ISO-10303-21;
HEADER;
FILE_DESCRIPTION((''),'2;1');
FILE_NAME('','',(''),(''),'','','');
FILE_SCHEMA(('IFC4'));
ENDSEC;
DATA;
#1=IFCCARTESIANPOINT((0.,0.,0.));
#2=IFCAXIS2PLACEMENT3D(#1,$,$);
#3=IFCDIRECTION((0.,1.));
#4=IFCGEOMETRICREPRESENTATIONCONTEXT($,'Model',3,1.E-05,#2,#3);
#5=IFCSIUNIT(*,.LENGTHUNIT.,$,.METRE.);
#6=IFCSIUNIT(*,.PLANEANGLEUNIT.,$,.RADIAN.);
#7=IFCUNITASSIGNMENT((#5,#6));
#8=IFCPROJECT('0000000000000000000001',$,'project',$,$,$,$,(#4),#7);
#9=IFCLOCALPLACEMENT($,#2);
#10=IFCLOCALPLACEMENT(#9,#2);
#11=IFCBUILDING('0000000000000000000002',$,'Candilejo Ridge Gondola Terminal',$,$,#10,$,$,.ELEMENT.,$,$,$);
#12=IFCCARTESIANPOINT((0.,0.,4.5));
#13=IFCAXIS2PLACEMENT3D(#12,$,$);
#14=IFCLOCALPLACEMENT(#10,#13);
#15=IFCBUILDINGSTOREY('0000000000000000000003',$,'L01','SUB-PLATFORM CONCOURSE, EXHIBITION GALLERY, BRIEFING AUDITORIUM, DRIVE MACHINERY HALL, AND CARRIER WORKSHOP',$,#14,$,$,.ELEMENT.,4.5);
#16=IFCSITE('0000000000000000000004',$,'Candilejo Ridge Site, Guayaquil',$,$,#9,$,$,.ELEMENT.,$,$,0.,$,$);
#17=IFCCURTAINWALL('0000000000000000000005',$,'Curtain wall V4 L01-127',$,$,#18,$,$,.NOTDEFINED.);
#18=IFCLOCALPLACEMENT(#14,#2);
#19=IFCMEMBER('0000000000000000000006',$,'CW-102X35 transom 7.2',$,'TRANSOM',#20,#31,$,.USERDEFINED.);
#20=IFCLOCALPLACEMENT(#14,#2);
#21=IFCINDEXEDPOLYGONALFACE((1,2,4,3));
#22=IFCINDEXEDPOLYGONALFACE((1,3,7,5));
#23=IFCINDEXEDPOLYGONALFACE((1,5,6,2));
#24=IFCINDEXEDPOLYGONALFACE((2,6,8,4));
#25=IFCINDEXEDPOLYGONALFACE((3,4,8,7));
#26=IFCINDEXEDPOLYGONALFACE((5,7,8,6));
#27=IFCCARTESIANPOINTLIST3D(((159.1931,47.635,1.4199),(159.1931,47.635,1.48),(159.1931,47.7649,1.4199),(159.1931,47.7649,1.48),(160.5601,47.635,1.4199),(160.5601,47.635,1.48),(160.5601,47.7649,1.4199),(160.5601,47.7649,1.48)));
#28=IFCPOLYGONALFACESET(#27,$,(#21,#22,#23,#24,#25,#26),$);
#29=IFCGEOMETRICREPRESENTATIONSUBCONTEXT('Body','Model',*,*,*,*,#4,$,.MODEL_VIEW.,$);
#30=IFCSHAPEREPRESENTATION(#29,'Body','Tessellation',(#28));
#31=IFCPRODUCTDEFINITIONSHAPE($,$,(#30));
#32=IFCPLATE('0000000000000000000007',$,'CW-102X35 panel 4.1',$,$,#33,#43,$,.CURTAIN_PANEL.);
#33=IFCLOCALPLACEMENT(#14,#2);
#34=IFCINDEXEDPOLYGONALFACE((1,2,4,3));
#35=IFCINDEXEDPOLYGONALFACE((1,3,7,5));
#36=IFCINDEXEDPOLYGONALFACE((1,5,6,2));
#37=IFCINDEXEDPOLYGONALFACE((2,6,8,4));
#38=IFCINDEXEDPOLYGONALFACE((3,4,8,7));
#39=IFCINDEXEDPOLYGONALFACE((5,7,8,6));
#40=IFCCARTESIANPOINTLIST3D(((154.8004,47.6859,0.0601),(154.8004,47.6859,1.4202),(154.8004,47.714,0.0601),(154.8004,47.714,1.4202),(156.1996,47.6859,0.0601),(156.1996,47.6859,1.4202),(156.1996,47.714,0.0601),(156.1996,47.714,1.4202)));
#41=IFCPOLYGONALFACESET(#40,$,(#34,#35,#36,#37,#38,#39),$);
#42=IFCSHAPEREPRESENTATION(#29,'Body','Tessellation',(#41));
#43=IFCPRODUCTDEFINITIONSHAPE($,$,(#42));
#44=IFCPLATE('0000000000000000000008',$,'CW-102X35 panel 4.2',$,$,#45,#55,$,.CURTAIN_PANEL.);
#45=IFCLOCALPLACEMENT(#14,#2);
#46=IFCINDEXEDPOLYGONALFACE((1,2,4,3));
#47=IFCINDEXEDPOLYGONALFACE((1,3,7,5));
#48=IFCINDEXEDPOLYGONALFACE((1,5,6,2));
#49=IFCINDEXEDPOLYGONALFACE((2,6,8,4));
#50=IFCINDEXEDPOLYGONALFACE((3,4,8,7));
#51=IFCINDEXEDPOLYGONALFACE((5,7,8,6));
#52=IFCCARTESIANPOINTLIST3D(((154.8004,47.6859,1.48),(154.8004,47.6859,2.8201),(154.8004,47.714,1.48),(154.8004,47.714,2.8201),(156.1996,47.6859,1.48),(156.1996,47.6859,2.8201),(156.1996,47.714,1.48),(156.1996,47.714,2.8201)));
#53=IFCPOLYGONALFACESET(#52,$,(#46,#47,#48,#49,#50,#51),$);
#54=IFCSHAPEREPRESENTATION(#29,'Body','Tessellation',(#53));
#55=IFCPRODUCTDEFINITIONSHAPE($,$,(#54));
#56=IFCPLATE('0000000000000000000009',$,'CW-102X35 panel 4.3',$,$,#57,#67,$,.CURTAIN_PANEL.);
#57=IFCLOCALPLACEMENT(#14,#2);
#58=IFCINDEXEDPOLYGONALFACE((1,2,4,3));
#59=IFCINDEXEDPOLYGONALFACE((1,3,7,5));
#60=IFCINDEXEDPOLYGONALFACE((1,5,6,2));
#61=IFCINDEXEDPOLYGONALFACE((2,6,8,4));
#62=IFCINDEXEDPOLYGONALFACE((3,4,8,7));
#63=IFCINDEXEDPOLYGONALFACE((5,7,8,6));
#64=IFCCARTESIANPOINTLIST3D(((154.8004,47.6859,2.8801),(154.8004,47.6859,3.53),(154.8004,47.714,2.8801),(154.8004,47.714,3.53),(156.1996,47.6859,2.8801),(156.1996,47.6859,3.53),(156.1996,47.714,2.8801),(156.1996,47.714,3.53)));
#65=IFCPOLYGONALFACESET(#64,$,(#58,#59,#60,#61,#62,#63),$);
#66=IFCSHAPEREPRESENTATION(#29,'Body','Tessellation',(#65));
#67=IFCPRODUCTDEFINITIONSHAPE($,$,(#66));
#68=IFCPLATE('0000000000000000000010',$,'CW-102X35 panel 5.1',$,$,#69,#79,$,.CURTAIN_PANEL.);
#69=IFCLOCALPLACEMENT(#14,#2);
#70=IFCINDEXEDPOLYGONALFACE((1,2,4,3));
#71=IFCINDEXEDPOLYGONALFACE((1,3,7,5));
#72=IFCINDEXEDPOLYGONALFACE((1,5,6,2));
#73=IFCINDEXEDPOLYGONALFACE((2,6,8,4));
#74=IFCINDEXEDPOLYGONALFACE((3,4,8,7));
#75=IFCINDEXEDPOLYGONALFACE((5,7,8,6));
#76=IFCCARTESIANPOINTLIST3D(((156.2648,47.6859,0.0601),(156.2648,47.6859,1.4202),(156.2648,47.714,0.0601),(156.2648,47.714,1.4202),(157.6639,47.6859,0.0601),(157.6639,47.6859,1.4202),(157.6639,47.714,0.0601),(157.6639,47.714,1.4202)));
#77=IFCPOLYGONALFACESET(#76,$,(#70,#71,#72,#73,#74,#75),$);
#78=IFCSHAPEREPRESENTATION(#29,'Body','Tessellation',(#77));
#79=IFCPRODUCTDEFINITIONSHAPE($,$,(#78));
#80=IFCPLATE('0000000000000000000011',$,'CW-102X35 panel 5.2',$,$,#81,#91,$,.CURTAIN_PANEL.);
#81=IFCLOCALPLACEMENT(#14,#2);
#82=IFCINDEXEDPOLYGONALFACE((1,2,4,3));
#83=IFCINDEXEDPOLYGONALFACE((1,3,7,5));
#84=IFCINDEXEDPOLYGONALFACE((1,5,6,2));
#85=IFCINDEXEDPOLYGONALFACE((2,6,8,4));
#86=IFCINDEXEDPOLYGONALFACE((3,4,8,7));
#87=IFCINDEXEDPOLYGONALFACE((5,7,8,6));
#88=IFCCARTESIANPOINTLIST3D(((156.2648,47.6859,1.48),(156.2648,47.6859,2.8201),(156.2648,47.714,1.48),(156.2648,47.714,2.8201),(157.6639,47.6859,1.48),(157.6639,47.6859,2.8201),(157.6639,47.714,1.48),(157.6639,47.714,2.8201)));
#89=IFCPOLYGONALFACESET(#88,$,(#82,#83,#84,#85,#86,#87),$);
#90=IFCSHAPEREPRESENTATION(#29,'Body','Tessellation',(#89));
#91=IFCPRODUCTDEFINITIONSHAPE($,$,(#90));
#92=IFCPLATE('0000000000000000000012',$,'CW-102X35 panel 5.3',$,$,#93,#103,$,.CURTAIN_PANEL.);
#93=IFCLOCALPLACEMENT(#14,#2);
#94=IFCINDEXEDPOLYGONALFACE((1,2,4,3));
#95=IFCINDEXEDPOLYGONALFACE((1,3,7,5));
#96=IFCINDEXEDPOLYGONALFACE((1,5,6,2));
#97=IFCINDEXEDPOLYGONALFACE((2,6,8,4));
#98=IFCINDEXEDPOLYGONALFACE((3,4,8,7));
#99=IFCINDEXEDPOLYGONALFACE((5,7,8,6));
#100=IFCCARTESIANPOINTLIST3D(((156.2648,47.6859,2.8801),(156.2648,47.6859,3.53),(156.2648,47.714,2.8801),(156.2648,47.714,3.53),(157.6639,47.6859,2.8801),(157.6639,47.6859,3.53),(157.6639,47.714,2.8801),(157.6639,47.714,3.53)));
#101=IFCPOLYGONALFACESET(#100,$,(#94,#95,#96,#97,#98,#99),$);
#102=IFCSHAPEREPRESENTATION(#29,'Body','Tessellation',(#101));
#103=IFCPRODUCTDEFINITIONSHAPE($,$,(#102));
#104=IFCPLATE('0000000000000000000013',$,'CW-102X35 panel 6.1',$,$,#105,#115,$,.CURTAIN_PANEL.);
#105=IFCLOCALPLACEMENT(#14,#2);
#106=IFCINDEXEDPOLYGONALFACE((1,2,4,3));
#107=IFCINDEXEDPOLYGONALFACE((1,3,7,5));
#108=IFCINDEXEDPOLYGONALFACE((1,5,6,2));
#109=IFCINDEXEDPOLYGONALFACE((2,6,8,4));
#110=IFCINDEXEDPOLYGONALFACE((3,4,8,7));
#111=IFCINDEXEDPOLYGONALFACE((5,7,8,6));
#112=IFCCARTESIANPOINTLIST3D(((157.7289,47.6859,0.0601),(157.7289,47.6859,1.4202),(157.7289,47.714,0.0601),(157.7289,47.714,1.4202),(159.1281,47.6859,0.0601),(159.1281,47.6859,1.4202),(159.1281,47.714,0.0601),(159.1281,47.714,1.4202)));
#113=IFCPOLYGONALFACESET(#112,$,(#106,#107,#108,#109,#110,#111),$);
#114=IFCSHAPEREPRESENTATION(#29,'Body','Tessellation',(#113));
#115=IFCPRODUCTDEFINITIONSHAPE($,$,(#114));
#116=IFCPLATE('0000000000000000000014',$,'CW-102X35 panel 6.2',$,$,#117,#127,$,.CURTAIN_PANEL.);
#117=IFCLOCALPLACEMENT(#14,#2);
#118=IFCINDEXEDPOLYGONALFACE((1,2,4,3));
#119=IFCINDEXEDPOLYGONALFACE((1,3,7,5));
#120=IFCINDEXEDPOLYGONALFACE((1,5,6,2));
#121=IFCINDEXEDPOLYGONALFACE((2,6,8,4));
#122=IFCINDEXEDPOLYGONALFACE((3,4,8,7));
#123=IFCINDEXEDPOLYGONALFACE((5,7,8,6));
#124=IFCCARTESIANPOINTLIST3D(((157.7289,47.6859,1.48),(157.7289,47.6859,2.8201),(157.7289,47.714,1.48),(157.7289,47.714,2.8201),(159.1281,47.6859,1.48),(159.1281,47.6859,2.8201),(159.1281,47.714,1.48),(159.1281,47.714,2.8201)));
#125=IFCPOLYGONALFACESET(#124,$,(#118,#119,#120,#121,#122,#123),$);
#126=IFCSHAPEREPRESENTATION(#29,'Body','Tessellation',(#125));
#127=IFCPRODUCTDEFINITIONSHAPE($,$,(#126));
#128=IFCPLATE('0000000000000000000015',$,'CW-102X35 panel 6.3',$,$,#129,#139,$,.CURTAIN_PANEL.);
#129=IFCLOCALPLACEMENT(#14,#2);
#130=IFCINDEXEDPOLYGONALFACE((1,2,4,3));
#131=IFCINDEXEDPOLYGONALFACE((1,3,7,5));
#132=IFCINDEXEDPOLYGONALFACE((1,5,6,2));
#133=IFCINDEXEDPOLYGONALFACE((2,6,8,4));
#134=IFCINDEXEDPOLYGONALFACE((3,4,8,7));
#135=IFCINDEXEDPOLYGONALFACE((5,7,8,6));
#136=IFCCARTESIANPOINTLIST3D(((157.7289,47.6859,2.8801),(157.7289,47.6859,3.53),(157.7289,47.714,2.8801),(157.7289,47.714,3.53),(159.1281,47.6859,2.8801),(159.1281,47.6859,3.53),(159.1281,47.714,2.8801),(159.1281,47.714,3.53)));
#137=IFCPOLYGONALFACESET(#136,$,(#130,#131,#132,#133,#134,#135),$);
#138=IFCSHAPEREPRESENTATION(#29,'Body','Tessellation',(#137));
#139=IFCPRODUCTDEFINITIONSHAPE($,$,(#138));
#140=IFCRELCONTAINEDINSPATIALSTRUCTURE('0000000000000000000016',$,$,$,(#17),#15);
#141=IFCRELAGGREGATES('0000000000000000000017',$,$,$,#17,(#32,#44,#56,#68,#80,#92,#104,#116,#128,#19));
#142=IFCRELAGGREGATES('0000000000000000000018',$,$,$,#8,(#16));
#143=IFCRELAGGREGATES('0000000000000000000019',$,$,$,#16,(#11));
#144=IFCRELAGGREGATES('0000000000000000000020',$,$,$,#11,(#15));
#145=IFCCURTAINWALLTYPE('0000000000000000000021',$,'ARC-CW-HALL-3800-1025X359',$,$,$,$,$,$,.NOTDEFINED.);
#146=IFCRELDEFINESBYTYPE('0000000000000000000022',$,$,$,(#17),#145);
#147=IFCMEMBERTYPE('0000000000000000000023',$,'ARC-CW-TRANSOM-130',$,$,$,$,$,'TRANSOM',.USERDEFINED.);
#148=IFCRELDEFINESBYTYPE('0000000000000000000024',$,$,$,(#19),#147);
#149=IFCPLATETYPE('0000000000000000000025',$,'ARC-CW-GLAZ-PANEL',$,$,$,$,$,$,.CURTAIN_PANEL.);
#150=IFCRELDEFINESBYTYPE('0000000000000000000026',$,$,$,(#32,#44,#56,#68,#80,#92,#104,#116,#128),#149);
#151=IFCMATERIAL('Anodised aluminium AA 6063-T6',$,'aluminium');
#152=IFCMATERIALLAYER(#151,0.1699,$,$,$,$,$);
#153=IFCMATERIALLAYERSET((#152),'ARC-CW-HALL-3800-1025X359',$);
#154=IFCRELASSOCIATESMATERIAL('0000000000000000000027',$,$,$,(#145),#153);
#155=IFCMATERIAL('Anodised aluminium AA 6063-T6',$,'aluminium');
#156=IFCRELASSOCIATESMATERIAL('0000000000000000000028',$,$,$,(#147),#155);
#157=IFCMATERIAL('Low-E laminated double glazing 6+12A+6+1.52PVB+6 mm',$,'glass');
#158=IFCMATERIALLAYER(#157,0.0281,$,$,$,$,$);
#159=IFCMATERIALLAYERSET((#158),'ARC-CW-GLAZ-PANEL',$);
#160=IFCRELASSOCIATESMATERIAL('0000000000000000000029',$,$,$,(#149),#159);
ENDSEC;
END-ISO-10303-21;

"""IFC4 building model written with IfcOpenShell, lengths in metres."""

from ifc_helpers import new_model, si_unit, direction, frame, origin, origin_2d, place, context, subcontext, project, spatial, rectangle, extrude, material, layer, layer_set, material_profile, profile_set, type_object, element, aggregate, save


model = new_model("IFC4")

# Units and contexts
model_context = context("Model", 3, precision=1e-05, world=origin(), true_north=direction((0.0, 1.0)))
body_context = subcontext(model_context, "Body", "Model", "MODEL_VIEW")
ifc_project = project(units=[si_unit("LENGTHUNIT", "METRE"), si_unit("PLANEANGLEUNIT", "RADIAN")], contexts=[model_context])

# Site, building, storey
site_placement = place(None, origin())
site = spatial("IfcSite", under=ifc_project, at=site_placement, Name="Candilejo Ridge Site, Guayaquil", CompositionType="ELEMENT", RefElevation=0.0)
building_placement = place(site_placement, origin())
building = spatial("IfcBuilding", under=site, at=building_placement, Name="Candilejo Ridge Gondola Terminal", CompositionType="ELEMENT")
storey_placement = place(building_placement, frame((0.0, 0.0, 4.5)))
storey = spatial("IfcBuildingStorey", under=building, at=storey_placement, Name="L01", Description="SUB-PLATFORM CONCOURSE, EXHIBITION GALLERY, BRIEFING AUDITORIUM, DRIVE MACHINERY HALL, AND CARRIER WORKSHOP", CompositionType="ELEMENT", Elevation=4.5)

# Curtain wall, member, plates
ifc_material_1 = material(Name="Anodised aluminium AA 6063-T6", Category="aluminium")
ifc_layer_1 = layer(ifc_material_1, 0.1699)
ifc_layer_set_1 = layer_set([ifc_layer_1], Name="ARC-CW-HALL-3800-1025X359")
curtain_wall_type = type_object("IfcCurtainWallType", Name="ARC-CW-HALL-3800-1025X359", PredefinedType="NOTDEFINED", material=ifc_layer_set_1)
curtain_wall_placement = place(storey_placement, origin())
curtain_wall = element("IfcCurtainWall", 1, at=curtain_wall_placement, inside=storey, type_object=curtain_wall_type, Name="Curtain wall V4 L01-127", PredefinedType="NOTDEFINED")
ifc_material_2 = material(Name="Anodised aluminium AA 6063-T6", Category="aluminium")
ifc_material_profile_1 = material_profile(ifc_material_2, rectangle(XDim=0.1299, YDim=0.0601, at=origin_2d()))
ifc_profile_set_1 = profile_set([ifc_material_profile_1], Name="Anodised aluminium AA 6063-T6")
member_type_1 = type_object("IfcMemberType", Name="ARC-CW-TRANSOM-130", ElementType="TRANSOM", PredefinedType="USERDEFINED", material=ifc_profile_set_1)
member_1_placement = place(storey_placement, frame((159.1931, 47.7, 1.45), z_axis=(1.0, 0.0, 0.0), x_axis=(0.0, 1.0, 0.0)))
member_1 = element("IfcMember", 2, at=member_1_placement, type_object=member_type_1, Name="CW-102X35 transom 7.2", ObjectType="TRANSOM", PredefinedType="USERDEFINED", context=body_context, shape_type="SweptSolid", body=[
    extrude(rectangle(XDim=0.1299, YDim=0.0601, at=origin_2d()), origin(), (0.0, 0.0, 1.0), 1.3669),
])
ifc_material_3 = material(Name="Low-E laminated double glazing 6+12A+6+1.52PVB+6 mm", Category="glass")
ifc_layer_2 = layer(ifc_material_3, 0.0281)
ifc_layer_set_2 = layer_set([ifc_layer_2], Name="ARC-CW-GLAZ-PANEL")
plate_type = type_object("IfcPlateType", Name="ARC-CW-GLAZ-PANEL", PredefinedType="CURTAIN_PANEL", material=ifc_layer_set_2)
plate_1_placement = place(storey_placement, frame((155.5, 47.7, 0.0601), z_axis=(0.0, 0.0, 1.0), x_axis=(1.0, 0.0, 0.0)))
plate_1 = element("IfcPlate", 3, at=plate_1_placement, type_object=plate_type, Name="CW-102X35 panel 4.1", PredefinedType="CURTAIN_PANEL", context=body_context, shape_type="SweptSolid", body=[
    extrude(rectangle(XDim=1.3992, YDim=0.0281, at=origin_2d()), origin(), (0.0, 0.0, 1.0), 1.3601),
])
plate_2_placement = place(storey_placement, frame((155.5, 47.7, 1.48), z_axis=(0.0, 0.0, 1.0), x_axis=(1.0, 0.0, 0.0)))
plate_2 = element("IfcPlate", 4, at=plate_2_placement, type_object=plate_type, Name="CW-102X35 panel 4.2", PredefinedType="CURTAIN_PANEL", context=body_context, shape_type="SweptSolid", body=[
    extrude(rectangle(XDim=1.3992, YDim=0.0281, at=origin_2d()), origin(), (0.0, 0.0, 1.0), 1.3401),
])
plate_3_placement = place(storey_placement, frame((155.5, 47.7, 2.8801), z_axis=(0.0, 0.0, 1.0), x_axis=(1.0, 0.0, 0.0)))
plate_3 = element("IfcPlate", 5, at=plate_3_placement, type_object=plate_type, Name="CW-102X35 panel 4.3", PredefinedType="CURTAIN_PANEL", context=body_context, shape_type="SweptSolid", body=[
    extrude(rectangle(XDim=1.3992, YDim=0.0281, at=origin_2d()), origin(), (0.0, 0.0, 1.0), 0.6499),
])
plate_4_placement = place(storey_placement, frame((156.9644, 47.7, 0.0601), z_axis=(0.0, 0.0, 1.0), x_axis=(1.0, 0.0, 0.0)))
plate_4 = element("IfcPlate", 6, at=plate_4_placement, type_object=plate_type, Name="CW-102X35 panel 5.1", PredefinedType="CURTAIN_PANEL", context=body_context, shape_type="SweptSolid", body=[
    extrude(rectangle(XDim=1.3992, YDim=0.0281, at=origin_2d()), origin(), (0.0, 0.0, 1.0), 1.3601),
])
plate_5_placement = place(storey_placement, frame((156.9644, 47.7, 1.48), z_axis=(0.0, 0.0, 1.0), x_axis=(1.0, 0.0, 0.0)))
plate_5 = element("IfcPlate", 7, at=plate_5_placement, type_object=plate_type, Name="CW-102X35 panel 5.2", PredefinedType="CURTAIN_PANEL", context=body_context, shape_type="SweptSolid", body=[
    extrude(rectangle(XDim=1.3992, YDim=0.0281, at=origin_2d()), origin(), (0.0, 0.0, 1.0), 1.3401),
])
plate_6_placement = place(storey_placement, frame((156.9644, 47.7, 2.8801), z_axis=(0.0, 0.0, 1.0), x_axis=(1.0, 0.0, 0.0)))
plate_6 = element("IfcPlate", 8, at=plate_6_placement, type_object=plate_type, Name="CW-102X35 panel 5.3", PredefinedType="CURTAIN_PANEL", context=body_context, shape_type="SweptSolid", body=[
    extrude(rectangle(XDim=1.3992, YDim=0.0281, at=origin_2d()), origin(), (0.0, 0.0, 1.0), 0.6499),
])
plate_7_placement = place(storey_placement, frame((158.4285, 47.7, 0.0601), z_axis=(0.0, 0.0, 1.0), x_axis=(1.0, 0.0, 0.0)))
plate_7 = element("IfcPlate", 9, at=plate_7_placement, type_object=plate_type, Name="CW-102X35 panel 6.1", PredefinedType="CURTAIN_PANEL", context=body_context, shape_type="SweptSolid", body=[
    extrude(rectangle(XDim=1.3992, YDim=0.0281, at=origin_2d()), origin(), (0.0, 0.0, 1.0), 1.3601),
])
plate_8_placement = place(storey_placement, frame((158.4285, 47.7, 1.48), z_axis=(0.0, 0.0, 1.0), x_axis=(1.0, 0.0, 0.0)))
plate_8 = element("IfcPlate", 10, at=plate_8_placement, type_object=plate_type, Name="CW-102X35 panel 6.2", PredefinedType="CURTAIN_PANEL", context=body_context, shape_type="SweptSolid", body=[
    extrude(rectangle(XDim=1.3992, YDim=0.0281, at=origin_2d()), origin(), (0.0, 0.0, 1.0), 1.3401),
])
plate_9_placement = place(storey_placement, frame((158.4285, 47.7, 2.8801), z_axis=(0.0, 0.0, 1.0), x_axis=(1.0, 0.0, 0.0)))
plate_9 = element("IfcPlate", 11, at=plate_9_placement, type_object=plate_type, Name="CW-102X35 panel 6.3", PredefinedType="CURTAIN_PANEL", context=body_context, shape_type="SweptSolid", body=[
    extrude(rectangle(XDim=1.3992, YDim=0.0281, at=origin_2d()), origin(), (0.0, 0.0, 1.0), 0.6499),
])
aggregate(curtain_wall, [plate_1, plate_2, plate_3, plate_4, plate_5, plate_6, plate_7, plate_8, plate_9, member_1])

save(model, "model.ifc")
